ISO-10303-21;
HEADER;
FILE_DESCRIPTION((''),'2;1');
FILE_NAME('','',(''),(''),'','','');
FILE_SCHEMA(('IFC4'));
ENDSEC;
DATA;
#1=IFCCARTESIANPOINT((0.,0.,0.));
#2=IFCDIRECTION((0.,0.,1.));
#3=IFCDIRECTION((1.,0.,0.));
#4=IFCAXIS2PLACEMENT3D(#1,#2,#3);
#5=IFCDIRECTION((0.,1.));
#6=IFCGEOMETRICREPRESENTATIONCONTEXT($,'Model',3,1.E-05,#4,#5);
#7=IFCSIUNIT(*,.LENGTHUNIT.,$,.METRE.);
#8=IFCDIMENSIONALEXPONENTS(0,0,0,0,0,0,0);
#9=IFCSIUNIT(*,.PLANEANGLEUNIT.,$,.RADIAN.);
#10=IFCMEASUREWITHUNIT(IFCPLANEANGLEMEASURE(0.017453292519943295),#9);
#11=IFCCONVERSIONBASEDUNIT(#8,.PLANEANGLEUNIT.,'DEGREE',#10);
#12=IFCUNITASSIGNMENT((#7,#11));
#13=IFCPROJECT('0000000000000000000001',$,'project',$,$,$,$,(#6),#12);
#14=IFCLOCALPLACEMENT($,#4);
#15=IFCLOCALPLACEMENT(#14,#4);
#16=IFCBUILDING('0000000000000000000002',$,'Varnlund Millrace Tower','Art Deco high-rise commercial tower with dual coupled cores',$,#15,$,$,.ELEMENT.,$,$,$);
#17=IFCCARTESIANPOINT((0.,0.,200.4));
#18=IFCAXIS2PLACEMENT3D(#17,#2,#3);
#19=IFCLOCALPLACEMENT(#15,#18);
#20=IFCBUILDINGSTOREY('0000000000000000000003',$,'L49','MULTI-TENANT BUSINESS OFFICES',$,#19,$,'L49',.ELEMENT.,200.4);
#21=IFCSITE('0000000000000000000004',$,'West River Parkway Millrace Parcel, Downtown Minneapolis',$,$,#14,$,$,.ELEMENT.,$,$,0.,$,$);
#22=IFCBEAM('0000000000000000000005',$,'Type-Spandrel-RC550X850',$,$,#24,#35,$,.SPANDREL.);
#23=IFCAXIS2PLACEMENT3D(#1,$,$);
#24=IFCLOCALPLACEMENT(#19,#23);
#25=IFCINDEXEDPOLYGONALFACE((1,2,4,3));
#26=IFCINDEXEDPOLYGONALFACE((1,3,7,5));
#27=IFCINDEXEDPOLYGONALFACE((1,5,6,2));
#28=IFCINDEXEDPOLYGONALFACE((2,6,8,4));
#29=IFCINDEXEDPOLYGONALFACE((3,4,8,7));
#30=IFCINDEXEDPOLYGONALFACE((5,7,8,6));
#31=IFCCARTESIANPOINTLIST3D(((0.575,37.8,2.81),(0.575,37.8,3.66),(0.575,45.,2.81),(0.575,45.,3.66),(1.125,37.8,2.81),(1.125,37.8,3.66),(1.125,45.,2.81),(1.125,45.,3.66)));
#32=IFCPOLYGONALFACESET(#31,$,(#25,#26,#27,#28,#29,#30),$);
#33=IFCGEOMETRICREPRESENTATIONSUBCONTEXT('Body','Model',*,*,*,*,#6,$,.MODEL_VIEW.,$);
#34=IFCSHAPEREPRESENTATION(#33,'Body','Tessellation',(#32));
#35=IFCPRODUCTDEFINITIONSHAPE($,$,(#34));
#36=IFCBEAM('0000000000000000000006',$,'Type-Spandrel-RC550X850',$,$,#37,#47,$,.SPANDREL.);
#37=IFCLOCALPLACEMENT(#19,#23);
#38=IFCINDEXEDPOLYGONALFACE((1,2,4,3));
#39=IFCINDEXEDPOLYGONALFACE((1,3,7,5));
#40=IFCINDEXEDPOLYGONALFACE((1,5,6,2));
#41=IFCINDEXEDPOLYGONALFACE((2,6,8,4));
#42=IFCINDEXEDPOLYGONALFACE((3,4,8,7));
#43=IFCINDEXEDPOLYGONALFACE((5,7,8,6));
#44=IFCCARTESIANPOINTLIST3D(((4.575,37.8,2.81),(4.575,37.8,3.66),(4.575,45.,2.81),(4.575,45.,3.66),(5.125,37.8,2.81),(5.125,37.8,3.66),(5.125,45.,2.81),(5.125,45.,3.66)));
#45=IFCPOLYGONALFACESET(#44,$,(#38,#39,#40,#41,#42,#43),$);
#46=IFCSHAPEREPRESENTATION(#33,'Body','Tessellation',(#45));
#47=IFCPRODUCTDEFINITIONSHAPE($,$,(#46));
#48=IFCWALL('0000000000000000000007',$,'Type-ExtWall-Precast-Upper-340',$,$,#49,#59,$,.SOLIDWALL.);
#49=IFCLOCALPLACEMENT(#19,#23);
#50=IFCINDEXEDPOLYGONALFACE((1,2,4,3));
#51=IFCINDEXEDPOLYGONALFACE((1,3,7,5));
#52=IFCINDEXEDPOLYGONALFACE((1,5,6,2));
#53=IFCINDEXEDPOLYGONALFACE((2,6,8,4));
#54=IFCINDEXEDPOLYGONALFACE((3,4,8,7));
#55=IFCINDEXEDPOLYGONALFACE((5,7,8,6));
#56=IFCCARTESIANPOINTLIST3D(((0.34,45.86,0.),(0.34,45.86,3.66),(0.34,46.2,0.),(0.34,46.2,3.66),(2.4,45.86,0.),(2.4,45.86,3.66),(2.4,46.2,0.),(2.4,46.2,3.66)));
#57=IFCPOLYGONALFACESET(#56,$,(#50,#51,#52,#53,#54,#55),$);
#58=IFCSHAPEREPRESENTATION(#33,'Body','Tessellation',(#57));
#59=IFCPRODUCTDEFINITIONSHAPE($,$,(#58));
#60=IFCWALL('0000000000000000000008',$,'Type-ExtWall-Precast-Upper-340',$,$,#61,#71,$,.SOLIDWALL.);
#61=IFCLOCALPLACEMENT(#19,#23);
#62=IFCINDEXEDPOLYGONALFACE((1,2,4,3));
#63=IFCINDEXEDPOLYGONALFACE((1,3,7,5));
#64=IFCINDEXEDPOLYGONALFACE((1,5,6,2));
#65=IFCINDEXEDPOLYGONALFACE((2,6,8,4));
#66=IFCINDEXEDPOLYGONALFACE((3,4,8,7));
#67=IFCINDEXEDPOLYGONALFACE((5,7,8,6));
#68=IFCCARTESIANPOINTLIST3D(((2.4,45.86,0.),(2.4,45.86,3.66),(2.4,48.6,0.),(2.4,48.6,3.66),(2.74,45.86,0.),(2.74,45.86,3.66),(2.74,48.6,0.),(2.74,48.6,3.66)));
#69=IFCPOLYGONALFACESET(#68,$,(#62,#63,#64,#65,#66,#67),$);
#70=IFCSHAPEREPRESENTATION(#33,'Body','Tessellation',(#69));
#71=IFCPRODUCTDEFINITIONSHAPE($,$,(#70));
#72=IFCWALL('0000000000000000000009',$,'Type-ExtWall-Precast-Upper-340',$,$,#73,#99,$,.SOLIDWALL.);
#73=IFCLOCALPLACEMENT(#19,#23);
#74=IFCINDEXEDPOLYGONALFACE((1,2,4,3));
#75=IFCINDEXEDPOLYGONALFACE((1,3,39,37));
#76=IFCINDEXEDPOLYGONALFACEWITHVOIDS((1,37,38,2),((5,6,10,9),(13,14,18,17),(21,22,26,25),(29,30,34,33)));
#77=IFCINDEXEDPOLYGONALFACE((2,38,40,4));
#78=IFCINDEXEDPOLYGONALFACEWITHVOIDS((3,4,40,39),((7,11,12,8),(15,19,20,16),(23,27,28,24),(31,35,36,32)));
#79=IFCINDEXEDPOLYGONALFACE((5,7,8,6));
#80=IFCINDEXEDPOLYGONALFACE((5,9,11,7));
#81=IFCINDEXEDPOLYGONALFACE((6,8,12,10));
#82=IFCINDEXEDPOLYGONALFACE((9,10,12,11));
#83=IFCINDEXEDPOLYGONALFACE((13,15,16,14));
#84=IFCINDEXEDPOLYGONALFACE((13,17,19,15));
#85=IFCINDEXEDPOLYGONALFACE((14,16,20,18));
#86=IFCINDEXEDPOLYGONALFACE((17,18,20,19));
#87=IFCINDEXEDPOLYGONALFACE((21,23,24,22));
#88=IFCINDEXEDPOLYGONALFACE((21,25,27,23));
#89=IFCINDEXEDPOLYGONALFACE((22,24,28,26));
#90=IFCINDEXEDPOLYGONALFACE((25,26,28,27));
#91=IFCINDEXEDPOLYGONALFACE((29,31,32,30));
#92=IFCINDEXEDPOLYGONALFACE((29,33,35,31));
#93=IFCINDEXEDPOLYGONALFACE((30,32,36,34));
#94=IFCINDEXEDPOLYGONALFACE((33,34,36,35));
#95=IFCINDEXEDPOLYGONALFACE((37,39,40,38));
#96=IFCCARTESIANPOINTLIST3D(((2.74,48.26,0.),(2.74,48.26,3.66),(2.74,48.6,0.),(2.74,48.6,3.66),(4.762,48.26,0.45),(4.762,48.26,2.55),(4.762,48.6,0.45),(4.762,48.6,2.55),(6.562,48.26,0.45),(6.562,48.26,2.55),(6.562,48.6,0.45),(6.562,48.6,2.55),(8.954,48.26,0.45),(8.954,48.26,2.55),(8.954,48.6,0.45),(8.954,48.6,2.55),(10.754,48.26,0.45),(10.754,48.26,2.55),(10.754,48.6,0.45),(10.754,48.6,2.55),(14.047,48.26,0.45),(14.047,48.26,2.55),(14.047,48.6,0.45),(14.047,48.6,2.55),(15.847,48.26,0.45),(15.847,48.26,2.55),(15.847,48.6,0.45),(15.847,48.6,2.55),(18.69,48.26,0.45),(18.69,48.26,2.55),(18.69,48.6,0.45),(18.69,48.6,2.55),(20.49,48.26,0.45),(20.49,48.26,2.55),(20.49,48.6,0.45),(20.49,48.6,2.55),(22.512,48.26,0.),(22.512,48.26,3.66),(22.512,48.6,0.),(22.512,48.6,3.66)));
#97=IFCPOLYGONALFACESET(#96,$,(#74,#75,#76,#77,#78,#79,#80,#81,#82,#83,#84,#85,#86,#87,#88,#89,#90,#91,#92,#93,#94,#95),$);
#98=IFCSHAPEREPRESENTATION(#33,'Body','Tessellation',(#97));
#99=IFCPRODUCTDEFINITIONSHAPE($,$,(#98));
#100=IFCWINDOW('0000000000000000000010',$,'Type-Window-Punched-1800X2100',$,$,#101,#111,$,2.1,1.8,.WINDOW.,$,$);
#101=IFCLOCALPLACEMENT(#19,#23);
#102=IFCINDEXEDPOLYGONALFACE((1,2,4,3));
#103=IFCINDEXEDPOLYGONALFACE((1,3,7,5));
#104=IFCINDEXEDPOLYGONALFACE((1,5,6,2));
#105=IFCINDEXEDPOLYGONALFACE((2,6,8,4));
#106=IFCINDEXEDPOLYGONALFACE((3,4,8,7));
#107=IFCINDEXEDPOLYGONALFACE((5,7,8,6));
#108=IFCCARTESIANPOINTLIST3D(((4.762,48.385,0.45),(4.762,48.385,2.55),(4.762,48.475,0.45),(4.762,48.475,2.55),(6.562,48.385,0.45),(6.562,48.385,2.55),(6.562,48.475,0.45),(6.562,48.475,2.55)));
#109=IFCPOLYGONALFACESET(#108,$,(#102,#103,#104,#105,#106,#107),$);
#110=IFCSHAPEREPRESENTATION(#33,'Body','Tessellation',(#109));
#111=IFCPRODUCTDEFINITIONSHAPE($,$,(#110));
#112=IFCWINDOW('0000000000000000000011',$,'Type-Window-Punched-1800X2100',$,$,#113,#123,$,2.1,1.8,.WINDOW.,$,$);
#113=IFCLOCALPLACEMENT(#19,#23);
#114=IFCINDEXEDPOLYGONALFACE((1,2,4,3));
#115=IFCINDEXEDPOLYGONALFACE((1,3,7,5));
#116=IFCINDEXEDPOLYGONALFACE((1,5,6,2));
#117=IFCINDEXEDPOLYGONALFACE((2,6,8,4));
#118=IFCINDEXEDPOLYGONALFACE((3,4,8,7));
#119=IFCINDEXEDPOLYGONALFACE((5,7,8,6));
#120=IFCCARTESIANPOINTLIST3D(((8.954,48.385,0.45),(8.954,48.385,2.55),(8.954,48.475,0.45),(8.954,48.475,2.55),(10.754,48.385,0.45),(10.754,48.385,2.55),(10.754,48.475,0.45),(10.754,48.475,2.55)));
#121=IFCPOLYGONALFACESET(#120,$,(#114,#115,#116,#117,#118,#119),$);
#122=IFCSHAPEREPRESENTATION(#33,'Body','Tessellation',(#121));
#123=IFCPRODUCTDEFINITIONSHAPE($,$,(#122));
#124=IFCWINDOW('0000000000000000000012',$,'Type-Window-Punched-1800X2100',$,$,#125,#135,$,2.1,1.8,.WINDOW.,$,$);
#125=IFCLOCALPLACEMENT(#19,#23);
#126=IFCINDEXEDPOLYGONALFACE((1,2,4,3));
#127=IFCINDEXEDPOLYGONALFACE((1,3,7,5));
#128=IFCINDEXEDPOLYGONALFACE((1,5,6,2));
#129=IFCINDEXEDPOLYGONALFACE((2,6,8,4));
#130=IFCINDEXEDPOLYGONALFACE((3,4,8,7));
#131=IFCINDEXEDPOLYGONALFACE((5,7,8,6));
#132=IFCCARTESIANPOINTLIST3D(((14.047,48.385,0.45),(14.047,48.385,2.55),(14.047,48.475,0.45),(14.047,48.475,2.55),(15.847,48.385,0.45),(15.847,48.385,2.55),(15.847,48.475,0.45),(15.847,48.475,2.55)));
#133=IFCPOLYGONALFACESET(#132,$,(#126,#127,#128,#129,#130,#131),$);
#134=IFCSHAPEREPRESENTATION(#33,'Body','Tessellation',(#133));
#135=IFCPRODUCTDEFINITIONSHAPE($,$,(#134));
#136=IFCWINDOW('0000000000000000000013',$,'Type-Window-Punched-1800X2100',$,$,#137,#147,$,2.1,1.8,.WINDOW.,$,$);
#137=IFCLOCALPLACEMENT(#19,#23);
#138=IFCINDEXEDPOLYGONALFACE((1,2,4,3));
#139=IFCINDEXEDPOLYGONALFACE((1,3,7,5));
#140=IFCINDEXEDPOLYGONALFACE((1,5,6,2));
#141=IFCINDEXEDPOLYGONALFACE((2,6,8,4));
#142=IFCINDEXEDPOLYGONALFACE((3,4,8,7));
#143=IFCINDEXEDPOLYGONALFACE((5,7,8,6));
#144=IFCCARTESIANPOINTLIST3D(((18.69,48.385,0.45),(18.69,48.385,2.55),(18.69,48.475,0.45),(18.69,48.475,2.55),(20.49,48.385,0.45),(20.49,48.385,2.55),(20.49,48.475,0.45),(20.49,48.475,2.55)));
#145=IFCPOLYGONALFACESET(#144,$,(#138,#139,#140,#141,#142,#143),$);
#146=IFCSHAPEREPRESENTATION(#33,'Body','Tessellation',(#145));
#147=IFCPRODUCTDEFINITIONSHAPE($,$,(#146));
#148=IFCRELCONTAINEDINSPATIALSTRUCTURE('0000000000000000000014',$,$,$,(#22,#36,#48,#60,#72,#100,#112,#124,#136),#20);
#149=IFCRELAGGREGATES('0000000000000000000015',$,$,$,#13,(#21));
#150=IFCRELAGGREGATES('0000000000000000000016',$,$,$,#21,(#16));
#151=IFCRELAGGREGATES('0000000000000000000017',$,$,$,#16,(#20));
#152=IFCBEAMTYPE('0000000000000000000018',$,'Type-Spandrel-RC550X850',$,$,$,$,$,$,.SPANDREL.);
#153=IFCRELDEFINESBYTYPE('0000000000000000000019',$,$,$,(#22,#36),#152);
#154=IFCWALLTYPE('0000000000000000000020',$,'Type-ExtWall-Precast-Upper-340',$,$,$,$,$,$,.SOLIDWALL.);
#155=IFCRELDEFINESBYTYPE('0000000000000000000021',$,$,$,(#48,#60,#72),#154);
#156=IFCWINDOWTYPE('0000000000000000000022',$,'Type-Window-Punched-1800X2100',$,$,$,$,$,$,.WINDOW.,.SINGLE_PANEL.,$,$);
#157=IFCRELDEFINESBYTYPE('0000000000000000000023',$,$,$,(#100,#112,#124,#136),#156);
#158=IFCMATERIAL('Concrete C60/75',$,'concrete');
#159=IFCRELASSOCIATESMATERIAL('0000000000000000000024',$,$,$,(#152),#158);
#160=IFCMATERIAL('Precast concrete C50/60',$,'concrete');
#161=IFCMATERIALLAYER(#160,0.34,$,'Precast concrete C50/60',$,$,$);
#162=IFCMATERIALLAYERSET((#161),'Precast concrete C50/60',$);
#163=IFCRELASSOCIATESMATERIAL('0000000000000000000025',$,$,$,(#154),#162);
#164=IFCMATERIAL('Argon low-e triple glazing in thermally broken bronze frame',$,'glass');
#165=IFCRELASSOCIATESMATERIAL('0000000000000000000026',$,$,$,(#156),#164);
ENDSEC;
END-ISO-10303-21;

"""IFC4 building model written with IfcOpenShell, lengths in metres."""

from ifc_helpers import new_model, entity, si_unit, converted_unit, direction, frame, origin_with_axes, origin_2d_with_axis, place, context, subcontext, project, spatial, polyline, rectangle, outline, extrude, material, layer, layer_set, material_profile, profile_set, type_object, element, fill, save


model = new_model("IFC4")

# Units and contexts
model_context = context("Model", 3, precision=1e-05, world=origin_with_axes(), true_north=direction((0.0, 1.0)))
body_context = subcontext(model_context, "Body", "Model", "MODEL_VIEW")
ifc_project = project(units=[si_unit("LENGTHUNIT", "METRE"), converted_unit("PLANEANGLEUNIT", "DEGREE", entity("IfcPlaneAngleMeasure", 0.017453292519943295), si_unit("PLANEANGLEUNIT", "RADIAN"), dimensions=[0, 0, 0, 0, 0, 0, 0])], contexts=[model_context])

# Site, building, storey
site_placement = place(None, origin_with_axes())
site = spatial("IfcSite", under=ifc_project, at=site_placement, Name="West River Parkway Millrace Parcel, Downtown Minneapolis", CompositionType="ELEMENT", RefElevation=0.0)
building_placement = place(site_placement, origin_with_axes())
building = spatial("IfcBuilding", under=site, at=building_placement, Name="Varnlund Millrace Tower", Description="Art Deco high-rise commercial tower with dual coupled cores", CompositionType="ELEMENT")
storey_placement = place(building_placement, frame((0.0, 0.0, 200.4), z_axis=(0.0, 0.0, 1.0), x_axis=(1.0, 0.0, 0.0)))
storey = spatial("IfcBuildingStorey", under=building, at=storey_placement, Name="L49", Description="MULTI-TENANT BUSINESS OFFICES", LongName="L49", CompositionType="ELEMENT", Elevation=200.4)

# Beams
ifc_material_1 = material(Name="Concrete C60/75", Category="concrete")
ifc_material_profile_1 = material_profile(ifc_material_1, rectangle(XDim=0.55, YDim=0.85, at=origin_2d_with_axis()), Name="Concrete C60/75")
ifc_profile_set_1 = profile_set([ifc_material_profile_1], Name="Concrete C60/75")
beam_type_1 = type_object("IfcBeamType", Name="Type-Spandrel-RC550X850", PredefinedType="SPANDREL", material=ifc_profile_set_1)
for number, where, z_axis, x_axis, name in (
    (1, (0.85, 37.8, 3.235), (0.0, 1.0, 0.0), (-1.0, 0.0, 0.0), "Type-Spandrel-RC550X850"),
    (2, (4.85, 37.8, 3.235), (0.0, 1.0, 0.0), (-1.0, 0.0, 0.0), "Type-Spandrel-RC550X850"),
):
    element("IfcBeam", number, at=place(storey_placement, frame(where, z_axis=z_axis, x_axis=x_axis)), inside=storey, type_object=beam_type_1, Name=name, PredefinedType="SPANDREL", context=body_context, shape_type="SweptSolid", body=[
        extrude(rectangle(XDim=0.55, YDim=0.85, at=origin_2d_with_axis()), origin_with_axes(), (0.0, 0.0, 1.0), 7.2),
    ])

# Walls
ifc_material_2 = material(Name="Precast concrete C50/60", Category="concrete")
ifc_layer = layer(ifc_material_2, 0.34, Name="Precast concrete C50/60")
ifc_layer_set = layer_set([ifc_layer], Name="Precast concrete C50/60")
wall_type = type_object("IfcWallType", Name="Type-ExtWall-Precast-Upper-340", PredefinedType="SOLIDWALL", material=ifc_layer_set)
wall_1_placement = place(storey_placement, frame((0.34, 46.03, 0.0), z_axis=(0.0, 0.0, 1.0), x_axis=(1.0, 0.0, 0.0)))
element("IfcWall", 3, at=wall_1_placement, inside=storey, type_object=wall_type, Name="Type-ExtWall-Precast-Upper-340", PredefinedType="SOLIDWALL", context=body_context, shape_type="SweptSolid", body=[
    extrude(outline(polyline([(0.0, -0.17), (2.06, -0.17), (2.06, 0.17), (0.0, 0.17), (0.0, -0.17)])), origin_with_axes(), (0.0, 0.0, 1.0), 3.66),
])
wall_2_placement = place(storey_placement, frame((2.57, 45.86, 0.0), z_axis=(0.0, 0.0, 1.0), x_axis=(0.0, 1.0, 0.0)))
element("IfcWall", 4, at=wall_2_placement, inside=storey, type_object=wall_type, Name="Type-ExtWall-Precast-Upper-340", PredefinedType="SOLIDWALL", context=body_context, shape_type="SweptSolid", body=[
    extrude(outline(polyline([(0.0, -0.17), (2.74, -0.17), (2.74, 0.17), (0.0, 0.17), (0.0, -0.17)])), origin_with_axes(), (0.0, 0.0, 1.0), 3.66),
])

# Wall, openings, windows
wall_3_placement = place(storey_placement, frame((2.74, 48.43, 0.0), z_axis=(0.0, 0.0, 1.0), x_axis=(1.0, 0.0, 0.0)))
wall_3 = element("IfcWall", 5, at=wall_3_placement, inside=storey, type_object=wall_type, Name="Type-ExtWall-Precast-Upper-340", PredefinedType="SOLIDWALL", context=body_context, shape_type="SweptSolid", body=[
    extrude(outline(polyline([(0.0, -0.17), (19.772, -0.17), (19.772, 0.17), (0.0, 0.17), (0.0, -0.17)])), origin_with_axes(), (0.0, 0.0, 1.0), 3.66),
])
opening_1_placement = place(wall_3_placement, frame((2.922, 0.0, 0.45), z_axis=(0.0, 0.0, 1.0), x_axis=(1.0, 0.0, 0.0)))
opening_1 = element("IfcOpeningElement", 6, at=opening_1_placement, cuts=wall_3, PredefinedType="OPENING", context=body_context, shape_type="SweptSolid", body=[
    extrude(rectangle(XDim=1.8, YDim=0.36, at=origin_2d_with_axis()), origin_with_axes(), (0.0, 0.0, 1.0), 2.1),
])
opening_2_placement = place(wall_3_placement, frame((7.114, 0.0, 0.45), z_axis=(0.0, 0.0, 1.0), x_axis=(1.0, 0.0, 0.0)))
opening_2 = element("IfcOpeningElement", 7, at=opening_2_placement, cuts=wall_3, PredefinedType="OPENING", context=body_context, shape_type="SweptSolid", body=[
    extrude(rectangle(XDim=1.8, YDim=0.36, at=origin_2d_with_axis()), origin_with_axes(), (0.0, 0.0, 1.0), 2.1),
])
opening_3_placement = place(wall_3_placement, frame((12.207, 0.0, 0.45), z_axis=(0.0, 0.0, 1.0), x_axis=(1.0, 0.0, 0.0)))
opening_3 = element("IfcOpeningElement", 8, at=opening_3_placement, cuts=wall_3, PredefinedType="OPENING", context=body_context, shape_type="SweptSolid", body=[
    extrude(rectangle(XDim=1.8, YDim=0.36, at=origin_2d_with_axis()), origin_with_axes(), (0.0, 0.0, 1.0), 2.1),
])
opening_4_placement = place(wall_3_placement, frame((16.85, 0.0, 0.45), z_axis=(0.0, 0.0, 1.0), x_axis=(1.0, 0.0, 0.0)))
opening_4 = element("IfcOpeningElement", 9, at=opening_4_placement, cuts=wall_3, PredefinedType="OPENING", context=body_context, shape_type="SweptSolid", body=[
    extrude(rectangle(XDim=1.8, YDim=0.36, at=origin_2d_with_axis()), origin_with_axes(), (0.0, 0.0, 1.0), 2.1),
])
ifc_material_3 = material(Name="Argon low-e triple glazing in thermally broken bronze frame", Category="glass")
window_type = type_object("IfcWindowType", Name="Type-Window-Punched-1800X2100", PartitioningType="SINGLE_PANEL", PredefinedType="WINDOW", material=ifc_material_3)
window_1_placement = place(wall_3_placement, frame((2.922, 0.0, 0.45), z_axis=(0.0, 0.0, 1.0), x_axis=(1.0, 0.0, 0.0)))
window_1 = element("IfcWindow", 10, at=window_1_placement, inside=storey, type_object=window_type, Name="Type-Window-Punched-1800X2100", OverallHeight=2.1, OverallWidth=1.8, PredefinedType="WINDOW", context=body_context, shape_type="SweptSolid", body=[
    extrude(rectangle(XDim=1.8, YDim=0.09, at=origin_2d_with_axis()), origin_with_axes(), (0.0, 0.0, 1.0), 2.1),
])
fill(opening_1, window_1)
window_2_placement = place(wall_3_placement, frame((7.114, 0.0, 0.45), z_axis=(0.0, 0.0, 1.0), x_axis=(1.0, 0.0, 0.0)))
window_2 = element("IfcWindow", 11, at=window_2_placement, inside=storey, type_object=window_type, Name="Type-Window-Punched-1800X2100", OverallHeight=2.1, OverallWidth=1.8, PredefinedType="WINDOW", context=body_context, shape_type="SweptSolid", body=[
    extrude(rectangle(XDim=1.8, YDim=0.09, at=origin_2d_with_axis()), origin_with_axes(), (0.0, 0.0, 1.0), 2.1),
])
fill(opening_2, window_2)
window_3_placement = place(wall_3_placement, frame((12.207, 0.0, 0.45), z_axis=(0.0, 0.0, 1.0), x_axis=(1.0, 0.0, 0.0)))
window_3 = element("IfcWindow", 12, at=window_3_placement, inside=storey, type_object=window_type, Name="Type-Window-Punched-1800X2100", OverallHeight=2.1, OverallWidth=1.8, PredefinedType="WINDOW", context=body_context, shape_type="SweptSolid", body=[
    extrude(rectangle(XDim=1.8, YDim=0.09, at=origin_2d_with_axis()), origin_with_axes(), (0.0, 0.0, 1.0), 2.1),
])
fill(opening_3, window_3)
window_4_placement = place(wall_3_placement, frame((16.85, 0.0, 0.45), z_axis=(0.0, 0.0, 1.0), x_axis=(1.0, 0.0, 0.0)))
window_4 = element("IfcWindow", 13, at=window_4_placement, inside=storey, type_object=window_type, Name="Type-Window-Punched-1800X2100", OverallHeight=2.1, OverallWidth=1.8, PredefinedType="WINDOW", context=body_context, shape_type="SweptSolid", body=[
    extrude(rectangle(XDim=1.8, YDim=0.09, at=origin_2d_with_axis()), origin_with_axes(), (0.0, 0.0, 1.0), 2.1),
])
fill(opening_4, window_4)

save(model, "model.ifc")
